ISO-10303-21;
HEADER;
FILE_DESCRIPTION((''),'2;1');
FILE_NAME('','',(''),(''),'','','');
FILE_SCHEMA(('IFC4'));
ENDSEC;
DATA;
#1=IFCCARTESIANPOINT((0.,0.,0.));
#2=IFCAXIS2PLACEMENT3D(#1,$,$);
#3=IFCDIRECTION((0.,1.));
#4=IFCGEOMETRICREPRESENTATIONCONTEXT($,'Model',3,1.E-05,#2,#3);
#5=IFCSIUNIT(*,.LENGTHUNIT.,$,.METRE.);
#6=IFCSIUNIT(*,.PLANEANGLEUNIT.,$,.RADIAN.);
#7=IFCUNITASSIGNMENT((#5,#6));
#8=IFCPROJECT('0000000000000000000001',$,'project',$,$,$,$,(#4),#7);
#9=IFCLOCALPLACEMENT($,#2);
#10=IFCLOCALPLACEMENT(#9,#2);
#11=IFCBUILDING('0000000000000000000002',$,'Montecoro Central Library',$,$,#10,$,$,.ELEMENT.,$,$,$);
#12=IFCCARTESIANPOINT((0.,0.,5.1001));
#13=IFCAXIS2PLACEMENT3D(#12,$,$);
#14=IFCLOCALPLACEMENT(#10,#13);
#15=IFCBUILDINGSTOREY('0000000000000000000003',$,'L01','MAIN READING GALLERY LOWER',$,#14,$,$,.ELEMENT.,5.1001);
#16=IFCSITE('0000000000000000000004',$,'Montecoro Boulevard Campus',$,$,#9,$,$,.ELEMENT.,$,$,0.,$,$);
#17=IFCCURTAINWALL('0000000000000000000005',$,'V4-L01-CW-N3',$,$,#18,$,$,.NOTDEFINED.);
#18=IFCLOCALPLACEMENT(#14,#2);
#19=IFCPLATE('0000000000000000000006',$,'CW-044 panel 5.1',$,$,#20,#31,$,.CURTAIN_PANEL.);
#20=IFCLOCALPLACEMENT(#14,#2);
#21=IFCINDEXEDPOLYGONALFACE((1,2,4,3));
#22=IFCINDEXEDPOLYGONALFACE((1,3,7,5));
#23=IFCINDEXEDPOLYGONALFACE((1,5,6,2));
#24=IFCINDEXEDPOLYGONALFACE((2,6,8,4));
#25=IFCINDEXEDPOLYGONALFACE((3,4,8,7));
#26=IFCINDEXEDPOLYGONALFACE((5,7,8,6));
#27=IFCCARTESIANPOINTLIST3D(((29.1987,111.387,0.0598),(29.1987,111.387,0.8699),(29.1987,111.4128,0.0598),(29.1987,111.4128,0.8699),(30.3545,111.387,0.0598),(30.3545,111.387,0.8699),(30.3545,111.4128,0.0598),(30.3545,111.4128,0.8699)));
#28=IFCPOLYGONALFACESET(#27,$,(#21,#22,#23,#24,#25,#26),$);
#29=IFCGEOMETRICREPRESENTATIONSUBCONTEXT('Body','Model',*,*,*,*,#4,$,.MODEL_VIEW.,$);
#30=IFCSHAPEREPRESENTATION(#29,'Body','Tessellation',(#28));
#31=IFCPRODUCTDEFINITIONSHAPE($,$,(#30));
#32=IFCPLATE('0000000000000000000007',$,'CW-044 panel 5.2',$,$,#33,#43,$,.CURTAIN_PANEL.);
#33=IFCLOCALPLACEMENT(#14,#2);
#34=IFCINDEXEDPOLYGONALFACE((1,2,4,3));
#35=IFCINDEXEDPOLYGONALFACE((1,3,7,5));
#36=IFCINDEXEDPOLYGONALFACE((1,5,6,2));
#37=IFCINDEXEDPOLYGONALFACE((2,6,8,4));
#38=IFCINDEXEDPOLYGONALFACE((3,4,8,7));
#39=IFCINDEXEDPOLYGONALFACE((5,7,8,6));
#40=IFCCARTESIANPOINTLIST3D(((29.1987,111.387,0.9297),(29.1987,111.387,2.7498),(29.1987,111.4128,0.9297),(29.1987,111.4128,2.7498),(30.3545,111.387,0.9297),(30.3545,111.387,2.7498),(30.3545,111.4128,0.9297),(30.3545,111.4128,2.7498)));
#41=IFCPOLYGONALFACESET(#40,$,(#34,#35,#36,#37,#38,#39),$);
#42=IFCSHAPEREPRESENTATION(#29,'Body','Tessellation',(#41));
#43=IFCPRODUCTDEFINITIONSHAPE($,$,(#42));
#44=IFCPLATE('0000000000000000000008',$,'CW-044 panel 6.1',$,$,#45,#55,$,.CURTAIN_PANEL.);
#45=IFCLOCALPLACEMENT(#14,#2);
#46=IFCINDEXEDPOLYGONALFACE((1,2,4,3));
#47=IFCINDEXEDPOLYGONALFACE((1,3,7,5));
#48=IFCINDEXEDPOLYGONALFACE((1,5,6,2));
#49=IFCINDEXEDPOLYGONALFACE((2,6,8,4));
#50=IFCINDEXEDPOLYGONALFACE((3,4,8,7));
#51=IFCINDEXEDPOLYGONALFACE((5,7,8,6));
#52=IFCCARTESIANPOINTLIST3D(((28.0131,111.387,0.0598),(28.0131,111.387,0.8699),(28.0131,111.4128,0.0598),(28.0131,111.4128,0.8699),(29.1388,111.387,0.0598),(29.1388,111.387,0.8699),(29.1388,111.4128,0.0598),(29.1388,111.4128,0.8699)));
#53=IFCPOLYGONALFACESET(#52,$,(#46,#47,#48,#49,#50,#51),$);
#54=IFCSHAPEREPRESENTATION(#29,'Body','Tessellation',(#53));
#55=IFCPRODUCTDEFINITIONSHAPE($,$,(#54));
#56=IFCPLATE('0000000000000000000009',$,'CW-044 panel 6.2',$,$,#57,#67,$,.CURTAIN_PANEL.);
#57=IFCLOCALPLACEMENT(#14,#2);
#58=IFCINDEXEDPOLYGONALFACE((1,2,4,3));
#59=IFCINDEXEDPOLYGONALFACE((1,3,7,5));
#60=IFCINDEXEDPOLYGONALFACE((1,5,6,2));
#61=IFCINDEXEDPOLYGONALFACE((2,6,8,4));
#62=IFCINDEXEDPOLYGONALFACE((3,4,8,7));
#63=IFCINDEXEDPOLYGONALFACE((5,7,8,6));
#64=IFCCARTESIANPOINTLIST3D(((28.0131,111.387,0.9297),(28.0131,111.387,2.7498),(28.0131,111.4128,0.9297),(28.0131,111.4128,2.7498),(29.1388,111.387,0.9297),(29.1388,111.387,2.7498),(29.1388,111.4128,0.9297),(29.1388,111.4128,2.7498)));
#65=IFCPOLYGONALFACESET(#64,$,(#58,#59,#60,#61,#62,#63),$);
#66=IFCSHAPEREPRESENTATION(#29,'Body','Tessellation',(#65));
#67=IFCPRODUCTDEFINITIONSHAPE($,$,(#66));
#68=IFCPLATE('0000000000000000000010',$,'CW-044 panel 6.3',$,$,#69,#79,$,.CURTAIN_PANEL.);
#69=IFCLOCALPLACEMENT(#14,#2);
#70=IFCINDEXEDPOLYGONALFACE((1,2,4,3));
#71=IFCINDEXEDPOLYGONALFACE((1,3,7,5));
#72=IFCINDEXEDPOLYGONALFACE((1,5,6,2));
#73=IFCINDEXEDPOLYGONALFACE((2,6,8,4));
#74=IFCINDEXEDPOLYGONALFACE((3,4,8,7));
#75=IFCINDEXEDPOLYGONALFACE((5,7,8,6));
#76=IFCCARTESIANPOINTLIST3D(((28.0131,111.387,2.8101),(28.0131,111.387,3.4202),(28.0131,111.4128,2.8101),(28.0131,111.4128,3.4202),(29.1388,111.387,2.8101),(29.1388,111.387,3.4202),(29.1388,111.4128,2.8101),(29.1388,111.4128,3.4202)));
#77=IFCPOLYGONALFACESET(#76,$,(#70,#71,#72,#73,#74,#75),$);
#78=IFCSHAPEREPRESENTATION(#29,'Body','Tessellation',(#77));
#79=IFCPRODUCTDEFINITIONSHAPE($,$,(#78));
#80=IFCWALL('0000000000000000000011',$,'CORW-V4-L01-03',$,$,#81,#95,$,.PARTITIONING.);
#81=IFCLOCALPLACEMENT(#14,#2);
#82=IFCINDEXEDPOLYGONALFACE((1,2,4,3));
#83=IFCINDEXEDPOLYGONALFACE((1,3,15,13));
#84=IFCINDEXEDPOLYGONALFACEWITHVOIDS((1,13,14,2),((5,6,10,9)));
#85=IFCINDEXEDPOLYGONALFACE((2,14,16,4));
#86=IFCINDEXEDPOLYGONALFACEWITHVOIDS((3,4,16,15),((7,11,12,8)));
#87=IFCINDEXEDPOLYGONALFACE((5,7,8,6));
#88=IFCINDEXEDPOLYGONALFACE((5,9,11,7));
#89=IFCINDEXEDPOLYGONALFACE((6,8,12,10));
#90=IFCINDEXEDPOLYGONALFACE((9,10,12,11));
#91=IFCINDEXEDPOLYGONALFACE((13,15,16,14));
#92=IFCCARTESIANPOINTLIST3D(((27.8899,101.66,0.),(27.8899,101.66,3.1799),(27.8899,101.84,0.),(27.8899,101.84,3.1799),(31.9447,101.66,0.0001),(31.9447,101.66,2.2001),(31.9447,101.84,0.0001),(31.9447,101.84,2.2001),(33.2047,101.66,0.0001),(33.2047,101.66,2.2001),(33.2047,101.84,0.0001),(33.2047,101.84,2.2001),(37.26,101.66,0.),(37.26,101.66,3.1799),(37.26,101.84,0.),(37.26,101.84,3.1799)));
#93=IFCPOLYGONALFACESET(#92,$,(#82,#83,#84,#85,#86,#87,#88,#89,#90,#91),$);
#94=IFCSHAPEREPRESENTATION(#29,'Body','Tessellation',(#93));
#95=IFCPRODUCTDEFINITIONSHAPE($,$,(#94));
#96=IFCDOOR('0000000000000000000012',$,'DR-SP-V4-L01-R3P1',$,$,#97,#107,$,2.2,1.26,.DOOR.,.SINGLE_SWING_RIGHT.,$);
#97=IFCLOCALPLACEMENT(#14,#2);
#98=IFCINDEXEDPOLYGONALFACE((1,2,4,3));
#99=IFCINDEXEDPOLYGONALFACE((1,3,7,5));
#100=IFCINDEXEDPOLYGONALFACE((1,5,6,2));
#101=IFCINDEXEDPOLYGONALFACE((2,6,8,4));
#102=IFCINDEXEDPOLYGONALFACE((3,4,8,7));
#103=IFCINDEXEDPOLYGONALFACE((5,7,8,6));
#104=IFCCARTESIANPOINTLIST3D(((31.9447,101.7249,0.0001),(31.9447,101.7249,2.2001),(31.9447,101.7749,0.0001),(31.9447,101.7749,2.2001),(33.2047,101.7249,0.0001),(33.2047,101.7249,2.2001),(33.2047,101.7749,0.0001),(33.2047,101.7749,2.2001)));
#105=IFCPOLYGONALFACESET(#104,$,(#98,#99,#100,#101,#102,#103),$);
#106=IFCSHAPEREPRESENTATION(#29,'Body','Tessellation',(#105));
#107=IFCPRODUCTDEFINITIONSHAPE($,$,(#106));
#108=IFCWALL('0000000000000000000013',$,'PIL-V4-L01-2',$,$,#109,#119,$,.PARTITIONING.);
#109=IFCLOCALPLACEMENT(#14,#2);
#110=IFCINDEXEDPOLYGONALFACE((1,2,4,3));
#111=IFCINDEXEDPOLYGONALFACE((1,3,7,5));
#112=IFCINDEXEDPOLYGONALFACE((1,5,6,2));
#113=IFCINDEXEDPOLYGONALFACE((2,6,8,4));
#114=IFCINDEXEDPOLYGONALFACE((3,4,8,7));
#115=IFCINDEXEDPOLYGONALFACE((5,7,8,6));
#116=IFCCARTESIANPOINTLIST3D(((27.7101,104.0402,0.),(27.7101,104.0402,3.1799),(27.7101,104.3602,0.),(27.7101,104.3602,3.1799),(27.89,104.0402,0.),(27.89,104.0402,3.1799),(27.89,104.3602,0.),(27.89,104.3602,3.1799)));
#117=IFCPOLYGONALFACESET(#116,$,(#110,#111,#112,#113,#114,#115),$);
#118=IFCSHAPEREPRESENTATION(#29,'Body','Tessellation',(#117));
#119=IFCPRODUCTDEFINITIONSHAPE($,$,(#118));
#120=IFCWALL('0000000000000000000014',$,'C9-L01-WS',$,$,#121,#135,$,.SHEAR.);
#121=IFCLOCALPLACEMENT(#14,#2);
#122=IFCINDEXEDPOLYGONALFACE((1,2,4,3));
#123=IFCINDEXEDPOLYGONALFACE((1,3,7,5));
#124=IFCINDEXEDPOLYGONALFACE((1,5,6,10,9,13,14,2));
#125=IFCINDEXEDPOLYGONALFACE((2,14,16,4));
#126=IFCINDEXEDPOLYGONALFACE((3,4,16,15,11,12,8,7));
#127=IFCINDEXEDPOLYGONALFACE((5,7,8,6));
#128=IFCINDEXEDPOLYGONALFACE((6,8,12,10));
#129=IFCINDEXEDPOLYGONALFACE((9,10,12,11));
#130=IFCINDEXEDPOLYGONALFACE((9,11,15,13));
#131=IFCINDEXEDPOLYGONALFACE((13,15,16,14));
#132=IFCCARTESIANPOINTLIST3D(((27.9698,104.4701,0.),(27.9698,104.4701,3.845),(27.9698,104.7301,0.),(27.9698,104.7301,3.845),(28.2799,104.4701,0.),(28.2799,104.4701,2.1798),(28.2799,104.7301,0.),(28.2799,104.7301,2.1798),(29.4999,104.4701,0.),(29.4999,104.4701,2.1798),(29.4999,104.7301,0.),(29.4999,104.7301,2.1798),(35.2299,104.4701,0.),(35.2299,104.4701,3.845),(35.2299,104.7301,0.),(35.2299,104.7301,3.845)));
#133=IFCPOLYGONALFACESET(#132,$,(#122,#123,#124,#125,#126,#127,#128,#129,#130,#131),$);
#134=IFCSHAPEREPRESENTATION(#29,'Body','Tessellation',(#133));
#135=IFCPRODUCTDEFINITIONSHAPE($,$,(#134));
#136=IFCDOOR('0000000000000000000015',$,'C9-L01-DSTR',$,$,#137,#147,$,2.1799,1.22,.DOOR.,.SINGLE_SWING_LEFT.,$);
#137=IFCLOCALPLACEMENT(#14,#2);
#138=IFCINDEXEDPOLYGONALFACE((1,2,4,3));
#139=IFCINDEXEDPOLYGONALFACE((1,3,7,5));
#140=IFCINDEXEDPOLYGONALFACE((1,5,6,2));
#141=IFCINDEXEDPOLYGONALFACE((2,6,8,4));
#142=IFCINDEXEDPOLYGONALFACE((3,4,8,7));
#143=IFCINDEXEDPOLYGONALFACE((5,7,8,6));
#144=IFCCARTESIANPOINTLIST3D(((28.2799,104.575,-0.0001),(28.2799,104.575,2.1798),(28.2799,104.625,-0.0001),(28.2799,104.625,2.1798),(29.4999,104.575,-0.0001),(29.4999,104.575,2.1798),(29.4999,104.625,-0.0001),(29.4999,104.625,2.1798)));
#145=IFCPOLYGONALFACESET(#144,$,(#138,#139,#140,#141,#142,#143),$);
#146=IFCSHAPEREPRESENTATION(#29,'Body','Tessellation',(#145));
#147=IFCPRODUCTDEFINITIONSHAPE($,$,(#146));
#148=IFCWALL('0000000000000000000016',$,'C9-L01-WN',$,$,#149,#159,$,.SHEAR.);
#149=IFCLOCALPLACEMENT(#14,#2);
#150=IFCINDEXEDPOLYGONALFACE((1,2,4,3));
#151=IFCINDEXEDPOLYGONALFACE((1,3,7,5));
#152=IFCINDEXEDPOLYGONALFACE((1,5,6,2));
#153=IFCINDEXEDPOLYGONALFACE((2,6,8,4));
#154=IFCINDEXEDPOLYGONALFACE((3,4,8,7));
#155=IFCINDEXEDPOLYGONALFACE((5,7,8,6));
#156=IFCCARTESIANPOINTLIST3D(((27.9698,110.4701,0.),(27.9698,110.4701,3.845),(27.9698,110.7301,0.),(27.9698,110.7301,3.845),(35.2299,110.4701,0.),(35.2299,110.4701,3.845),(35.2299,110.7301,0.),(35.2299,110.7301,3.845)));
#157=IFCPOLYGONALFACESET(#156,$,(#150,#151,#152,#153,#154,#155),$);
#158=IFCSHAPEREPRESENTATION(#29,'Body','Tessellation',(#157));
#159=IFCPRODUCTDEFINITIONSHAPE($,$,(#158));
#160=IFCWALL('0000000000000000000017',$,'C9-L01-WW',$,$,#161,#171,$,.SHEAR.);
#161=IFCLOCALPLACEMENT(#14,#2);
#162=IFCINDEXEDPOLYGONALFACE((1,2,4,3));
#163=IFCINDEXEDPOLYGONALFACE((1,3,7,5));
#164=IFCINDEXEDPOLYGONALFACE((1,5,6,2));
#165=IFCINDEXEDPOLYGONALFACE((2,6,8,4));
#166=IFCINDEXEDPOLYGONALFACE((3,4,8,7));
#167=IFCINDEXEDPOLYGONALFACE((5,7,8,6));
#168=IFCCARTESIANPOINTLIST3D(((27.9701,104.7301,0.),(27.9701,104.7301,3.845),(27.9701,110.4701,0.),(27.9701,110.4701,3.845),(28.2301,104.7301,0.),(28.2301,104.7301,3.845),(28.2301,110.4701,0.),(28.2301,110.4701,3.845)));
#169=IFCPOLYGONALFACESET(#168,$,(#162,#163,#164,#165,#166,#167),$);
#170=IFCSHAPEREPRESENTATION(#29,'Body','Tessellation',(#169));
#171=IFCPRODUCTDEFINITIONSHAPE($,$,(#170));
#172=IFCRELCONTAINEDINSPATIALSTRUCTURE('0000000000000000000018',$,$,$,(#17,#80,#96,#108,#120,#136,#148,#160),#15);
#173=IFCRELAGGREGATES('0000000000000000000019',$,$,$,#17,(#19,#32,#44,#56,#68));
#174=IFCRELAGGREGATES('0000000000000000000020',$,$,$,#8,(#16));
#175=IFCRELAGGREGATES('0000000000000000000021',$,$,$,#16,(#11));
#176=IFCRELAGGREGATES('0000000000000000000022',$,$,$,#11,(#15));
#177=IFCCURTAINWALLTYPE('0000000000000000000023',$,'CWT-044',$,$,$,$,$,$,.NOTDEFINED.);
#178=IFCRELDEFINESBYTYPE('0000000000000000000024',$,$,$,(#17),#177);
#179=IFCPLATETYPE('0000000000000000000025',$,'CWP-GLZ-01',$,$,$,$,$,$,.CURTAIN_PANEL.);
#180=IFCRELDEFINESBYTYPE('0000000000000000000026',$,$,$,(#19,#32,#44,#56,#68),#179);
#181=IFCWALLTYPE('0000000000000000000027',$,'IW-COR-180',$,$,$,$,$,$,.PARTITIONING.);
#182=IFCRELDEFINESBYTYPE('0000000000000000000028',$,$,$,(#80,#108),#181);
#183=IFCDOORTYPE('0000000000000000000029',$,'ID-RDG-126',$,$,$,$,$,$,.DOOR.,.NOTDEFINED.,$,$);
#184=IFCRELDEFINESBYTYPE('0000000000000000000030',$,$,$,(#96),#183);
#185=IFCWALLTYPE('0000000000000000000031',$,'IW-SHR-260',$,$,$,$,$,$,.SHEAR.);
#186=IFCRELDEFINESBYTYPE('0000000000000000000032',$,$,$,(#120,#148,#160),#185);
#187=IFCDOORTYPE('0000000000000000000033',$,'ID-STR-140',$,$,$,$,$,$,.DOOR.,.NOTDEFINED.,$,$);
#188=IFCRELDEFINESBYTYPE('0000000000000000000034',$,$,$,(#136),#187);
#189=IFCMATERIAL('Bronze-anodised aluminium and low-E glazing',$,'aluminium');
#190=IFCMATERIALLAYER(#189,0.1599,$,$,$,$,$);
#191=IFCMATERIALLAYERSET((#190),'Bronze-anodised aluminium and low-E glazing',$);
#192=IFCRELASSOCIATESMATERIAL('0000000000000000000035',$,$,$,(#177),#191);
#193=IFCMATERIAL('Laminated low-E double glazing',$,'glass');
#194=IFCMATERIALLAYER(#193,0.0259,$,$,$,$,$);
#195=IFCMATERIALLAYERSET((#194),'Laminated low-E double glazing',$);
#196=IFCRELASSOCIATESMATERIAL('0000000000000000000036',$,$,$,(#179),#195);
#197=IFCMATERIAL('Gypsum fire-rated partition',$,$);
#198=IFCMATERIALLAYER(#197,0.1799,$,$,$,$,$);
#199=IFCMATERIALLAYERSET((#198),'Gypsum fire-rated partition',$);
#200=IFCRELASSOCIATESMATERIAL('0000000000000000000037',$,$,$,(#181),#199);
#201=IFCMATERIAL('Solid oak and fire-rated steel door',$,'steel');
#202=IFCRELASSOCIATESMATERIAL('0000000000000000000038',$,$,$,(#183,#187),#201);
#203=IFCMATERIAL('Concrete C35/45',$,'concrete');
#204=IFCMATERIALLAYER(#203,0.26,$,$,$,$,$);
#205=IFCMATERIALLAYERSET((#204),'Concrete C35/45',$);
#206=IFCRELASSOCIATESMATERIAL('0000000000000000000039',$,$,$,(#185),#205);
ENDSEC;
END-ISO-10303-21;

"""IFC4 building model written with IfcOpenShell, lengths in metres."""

from ifc_helpers import new_model, si_unit, direction, frame, frame_2d, origin, origin_2d, place, context, subcontext, project, spatial, rectangle, extrude, material, layer, layer_set, type_object, element, fill, aggregate, save


model = new_model("IFC4")

# Units and contexts
model_context = context("Model", 3, precision=1e-05, world=origin(), true_north=direction((0.0, 1.0)))
body_context = subcontext(model_context, "Body", "Model", "MODEL_VIEW")
ifc_project = project(units=[si_unit("LENGTHUNIT", "METRE"), si_unit("PLANEANGLEUNIT", "RADIAN")], contexts=[model_context])

# Site, building, storey
site_placement = place(None, origin())
site = spatial("IfcSite", under=ifc_project, at=site_placement, Name="Montecoro Boulevard Campus", CompositionType="ELEMENT", RefElevation=0.0)
building_placement = place(site_placement, origin())
building = spatial("IfcBuilding", under=site, at=building_placement, Name="Montecoro Central Library", CompositionType="ELEMENT")
storey_placement = place(building_placement, frame((0.0, 0.0, 5.1001)))
storey = spatial("IfcBuildingStorey", under=building, at=storey_placement, Name="L01", Description="MAIN READING GALLERY LOWER", CompositionType="ELEMENT", Elevation=5.1001)

# Shared definitions
ifc_material_1 = material(Name="Concrete C35/45", Category="concrete")

# Curtain wall, plates
ifc_material_2 = material(Name="Bronze-anodised aluminium and low-E glazing", Category="aluminium")
ifc_layer_1 = layer(ifc_material_2, 0.1599)
ifc_layer_set_1 = layer_set([ifc_layer_1], Name="Bronze-anodised aluminium and low-E glazing")
curtain_wall_type = type_object("IfcCurtainWallType", Name="CWT-044", PredefinedType="NOTDEFINED", material=ifc_layer_set_1)
curtain_wall_placement = place(storey_placement, origin())
curtain_wall = element("IfcCurtainWall", 1, at=curtain_wall_placement, inside=storey, type_object=curtain_wall_type, Name="V4-L01-CW-N3", PredefinedType="NOTDEFINED")
ifc_material_3 = material(Name="Laminated low-E double glazing", Category="glass")
ifc_layer_2 = layer(ifc_material_3, 0.0259)
ifc_layer_set_2 = layer_set([ifc_layer_2], Name="Laminated low-E double glazing")
plate_type = type_object("IfcPlateType", Name="CWP-GLZ-01", PredefinedType="CURTAIN_PANEL", material=ifc_layer_set_2)
plate_1_placement = place(storey_placement, frame((29.7766, 111.3999, 0.0598), z_axis=(0.0, 0.0, 1.0), x_axis=(-1.0, 0.0, 0.0)))
plate_1 = element("IfcPlate", 2, at=plate_1_placement, type_object=plate_type, Name="CW-044 panel 5.1", PredefinedType="CURTAIN_PANEL", context=body_context, shape_type="SweptSolid", body=[
    extrude(rectangle(XDim=1.1558, YDim=0.0259, at=origin_2d()), origin(), (0.0, 0.0, 1.0), 0.8101),
])
plate_2_placement = place(storey_placement, frame((29.7766, 111.3999, 0.9297), z_axis=(0.0, 0.0, 1.0), x_axis=(-1.0, 0.0, 0.0)))
plate_2 = element("IfcPlate", 3, at=plate_2_placement, type_object=plate_type, Name="CW-044 panel 5.2", PredefinedType="CURTAIN_PANEL", context=body_context, shape_type="SweptSolid", body=[
    extrude(rectangle(XDim=1.1558, YDim=0.0259, at=origin_2d()), origin(), (0.0, 0.0, 1.0), 1.8201),
])
plate_3_placement = place(storey_placement, frame((28.5759, 111.3999, 0.0598), z_axis=(0.0, 0.0, 1.0), x_axis=(-1.0, 0.0, 0.0)))
plate_3 = element("IfcPlate", 4, at=plate_3_placement, type_object=plate_type, Name="CW-044 panel 6.1", PredefinedType="CURTAIN_PANEL", context=body_context, shape_type="SweptSolid", body=[
    extrude(rectangle(XDim=1.1257, YDim=0.0259, at=origin_2d()), origin(), (0.0, 0.0, 1.0), 0.8101),
])
plate_4_placement = place(storey_placement, frame((28.5759, 111.3999, 0.9297), z_axis=(0.0, 0.0, 1.0), x_axis=(-1.0, 0.0, 0.0)))
plate_4 = element("IfcPlate", 5, at=plate_4_placement, type_object=plate_type, Name="CW-044 panel 6.2", PredefinedType="CURTAIN_PANEL", context=body_context, shape_type="SweptSolid", body=[
    extrude(rectangle(XDim=1.1257, YDim=0.0259, at=origin_2d()), origin(), (0.0, 0.0, 1.0), 1.8201),
])
plate_5_placement = place(storey_placement, frame((28.5759, 111.3999, 2.8101), z_axis=(0.0, 0.0, 1.0), x_axis=(-1.0, 0.0, 0.0)))
plate_5 = element("IfcPlate", 6, at=plate_5_placement, type_object=plate_type, Name="CW-044 panel 6.3", PredefinedType="CURTAIN_PANEL", context=body_context, shape_type="SweptSolid", body=[
    extrude(rectangle(XDim=1.1257, YDim=0.0259, at=origin_2d()), origin(), (0.0, 0.0, 1.0), 0.6101),
])
aggregate(curtain_wall, [plate_1, plate_2, plate_3, plate_4, plate_5])

# Wall, opening, door
ifc_material_4 = material(Name="Gypsum fire-rated partition")
ifc_layer_3 = layer(ifc_material_4, 0.1799)
ifc_layer_set_3 = layer_set([ifc_layer_3], Name="Gypsum fire-rated partition")
wall_type_1 = type_object("IfcWallType", Name="IW-COR-180", PredefinedType="PARTITIONING", material=ifc_layer_set_3)
wall_1_placement = place(storey_placement, frame((27.8899, 101.75, 0.0), z_axis=(0.0, 0.0, 1.0), x_axis=(1.0, 0.0, 0.0)))
wall_1 = element("IfcWall", 7, at=wall_1_placement, inside=storey, type_object=wall_type_1, Name="CORW-V4-L01-03", PredefinedType="PARTITIONING", context=body_context, shape_type="SweptSolid", body=[
    extrude(rectangle(XDim=9.3701, YDim=0.1799, at=frame_2d((4.6851, 0.0))), origin(), (0.0, 0.0, 1.0), 3.1799),
])
opening_1_placement = place(wall_1_placement, frame((4.0549, 0.0, 0.0)))
opening_1 = element("IfcOpeningElement", 8, at=opening_1_placement, cuts=wall_1, PredefinedType="OPENING", context=body_context, shape_type="SweptSolid", body=[
    extrude(rectangle(XDim=1.26, YDim=2.2, at=frame_2d((0.6299, 1.1001))), frame((0.0, 0.0999, 0.0), z_axis=(0.0, -1.0, 0.0), x_axis=(1.0, 0.0, 0.0)), (0.0, 0.0, 1.0), 0.2),
])
ifc_material_5 = material(Name="Solid oak and fire-rated steel door", Category="steel")
door_type_1 = type_object("IfcDoorType", Name="ID-RDG-126", OperationType="NOTDEFINED", PredefinedType="DOOR", material=ifc_material_5)
door_1_placement = place(opening_1_placement, origin())
door_1 = element("IfcDoor", 9, at=door_1_placement, inside=storey, type_object=door_type_1, Name="DR-SP-V4-L01-R3P1", OperationType="SINGLE_SWING_RIGHT", OverallHeight=2.2, OverallWidth=1.26, PredefinedType="DOOR", context=body_context, shape_type="SweptSolid", body=[
    extrude(rectangle(XDim=1.26, YDim=2.2, at=frame_2d((0.6299, 1.1001))), frame((0.0, 0.0249, 0.0), z_axis=(0.0, -1.0, 0.0), x_axis=(1.0, 0.0, 0.0)), (0.0, 0.0, 1.0), 0.05),
])
fill(opening_1, door_1)

# Wall
wall_2_placement = place(storey_placement, frame((27.8, 104.04, 0.0), z_axis=(0.0, 0.0, 1.0), x_axis=(0.0, 1.0, 0.0)))
element("IfcWall", 10, at=wall_2_placement, inside=storey, type_object=wall_type_1, Name="PIL-V4-L01-2", PredefinedType="PARTITIONING", context=body_context, shape_type="SweptSolid", body=[
    extrude(rectangle(XDim=0.3201, YDim=0.1799, at=frame_2d((0.1602, 0.0))), origin(), (0.0, 0.0, 1.0), 3.1799),
])

# Wall, opening, door
ifc_layer_4 = layer(ifc_material_1, 0.26)
ifc_layer_set_4 = layer_set([ifc_layer_4], Name="Concrete C35/45")
wall_type_2 = type_object("IfcWallType", Name="IW-SHR-260", PredefinedType="SHEAR", material=ifc_layer_set_4)
wall_3_placement = place(storey_placement, frame((27.97, 104.6001, 0.0), z_axis=(0.0, 0.0, 1.0), x_axis=(1.0, 0.0, 0.0)))
wall_3 = element("IfcWall", 11, at=wall_3_placement, inside=storey, type_object=wall_type_2, Name="C9-L01-WS", PredefinedType="SHEAR", context=body_context, shape_type="SweptSolid", body=[
    extrude(rectangle(XDim=7.26, YDim=0.26, at=frame_2d((3.6299, 0.0))), origin(), (0.0, 0.0, 1.0), 3.845),
])
opening_2_placement = place(wall_3_placement, frame((0.3101, 0.0, 0.0)))
opening_2 = element("IfcOpeningElement", 12, at=opening_2_placement, cuts=wall_3, PredefinedType="OPENING", context=body_context, shape_type="SweptSolid", body=[
    extrude(rectangle(XDim=1.22, YDim=2.1799, at=frame_2d((0.6099, 1.0898))), frame((0.0, 0.1399, 0.0), z_axis=(0.0, -1.0, 0.0), x_axis=(1.0, 0.0, 0.0)), (0.0, 0.0, 1.0), 0.28),
])
door_type_2 = type_object("IfcDoorType", Name="ID-STR-140", OperationType="NOTDEFINED", PredefinedType="DOOR", material=ifc_material_5)
door_2_placement = place(opening_2_placement, origin())
door_2 = element("IfcDoor", 13, at=door_2_placement, inside=storey, type_object=door_type_2, Name="C9-L01-DSTR", OperationType="SINGLE_SWING_LEFT", OverallHeight=2.1799, OverallWidth=1.22, PredefinedType="DOOR", context=body_context, shape_type="SweptSolid", body=[
    extrude(rectangle(XDim=1.22, YDim=2.1799, at=frame_2d((0.6099, 1.0898))), frame((0.0, 0.0249, 0.0), z_axis=(0.0, -1.0, 0.0), x_axis=(1.0, 0.0, 0.0)), (0.0, 0.0, 1.0), 0.05),
])
fill(opening_2, door_2)

# Walls
wall_4_placement = place(storey_placement, frame((27.97, 110.6001, 0.0), z_axis=(0.0, 0.0, 1.0), x_axis=(1.0, 0.0, 0.0)))
element("IfcWall", 14, at=wall_4_placement, inside=storey, type_object=wall_type_2, Name="C9-L01-WN", PredefinedType="SHEAR", context=body_context, shape_type="SweptSolid", body=[
    extrude(rectangle(XDim=7.26, YDim=0.26, at=frame_2d((3.6299, 0.0))), origin(), (0.0, 0.0, 1.0), 3.845),
])
wall_5_placement = place(storey_placement, frame((28.1001, 104.73, 0.0), z_axis=(0.0, 0.0, 1.0), x_axis=(0.0, 1.0, 0.0)))
element("IfcWall", 15, at=wall_5_placement, inside=storey, type_object=wall_type_2, Name="C9-L01-WW", PredefinedType="SHEAR", context=body_context, shape_type="SweptSolid", body=[
    extrude(rectangle(XDim=5.74, YDim=0.26, at=frame_2d((2.8701, 0.0))), origin(), (0.0, 0.0, 1.0), 3.845),
])

save(model, "model.ifc")
